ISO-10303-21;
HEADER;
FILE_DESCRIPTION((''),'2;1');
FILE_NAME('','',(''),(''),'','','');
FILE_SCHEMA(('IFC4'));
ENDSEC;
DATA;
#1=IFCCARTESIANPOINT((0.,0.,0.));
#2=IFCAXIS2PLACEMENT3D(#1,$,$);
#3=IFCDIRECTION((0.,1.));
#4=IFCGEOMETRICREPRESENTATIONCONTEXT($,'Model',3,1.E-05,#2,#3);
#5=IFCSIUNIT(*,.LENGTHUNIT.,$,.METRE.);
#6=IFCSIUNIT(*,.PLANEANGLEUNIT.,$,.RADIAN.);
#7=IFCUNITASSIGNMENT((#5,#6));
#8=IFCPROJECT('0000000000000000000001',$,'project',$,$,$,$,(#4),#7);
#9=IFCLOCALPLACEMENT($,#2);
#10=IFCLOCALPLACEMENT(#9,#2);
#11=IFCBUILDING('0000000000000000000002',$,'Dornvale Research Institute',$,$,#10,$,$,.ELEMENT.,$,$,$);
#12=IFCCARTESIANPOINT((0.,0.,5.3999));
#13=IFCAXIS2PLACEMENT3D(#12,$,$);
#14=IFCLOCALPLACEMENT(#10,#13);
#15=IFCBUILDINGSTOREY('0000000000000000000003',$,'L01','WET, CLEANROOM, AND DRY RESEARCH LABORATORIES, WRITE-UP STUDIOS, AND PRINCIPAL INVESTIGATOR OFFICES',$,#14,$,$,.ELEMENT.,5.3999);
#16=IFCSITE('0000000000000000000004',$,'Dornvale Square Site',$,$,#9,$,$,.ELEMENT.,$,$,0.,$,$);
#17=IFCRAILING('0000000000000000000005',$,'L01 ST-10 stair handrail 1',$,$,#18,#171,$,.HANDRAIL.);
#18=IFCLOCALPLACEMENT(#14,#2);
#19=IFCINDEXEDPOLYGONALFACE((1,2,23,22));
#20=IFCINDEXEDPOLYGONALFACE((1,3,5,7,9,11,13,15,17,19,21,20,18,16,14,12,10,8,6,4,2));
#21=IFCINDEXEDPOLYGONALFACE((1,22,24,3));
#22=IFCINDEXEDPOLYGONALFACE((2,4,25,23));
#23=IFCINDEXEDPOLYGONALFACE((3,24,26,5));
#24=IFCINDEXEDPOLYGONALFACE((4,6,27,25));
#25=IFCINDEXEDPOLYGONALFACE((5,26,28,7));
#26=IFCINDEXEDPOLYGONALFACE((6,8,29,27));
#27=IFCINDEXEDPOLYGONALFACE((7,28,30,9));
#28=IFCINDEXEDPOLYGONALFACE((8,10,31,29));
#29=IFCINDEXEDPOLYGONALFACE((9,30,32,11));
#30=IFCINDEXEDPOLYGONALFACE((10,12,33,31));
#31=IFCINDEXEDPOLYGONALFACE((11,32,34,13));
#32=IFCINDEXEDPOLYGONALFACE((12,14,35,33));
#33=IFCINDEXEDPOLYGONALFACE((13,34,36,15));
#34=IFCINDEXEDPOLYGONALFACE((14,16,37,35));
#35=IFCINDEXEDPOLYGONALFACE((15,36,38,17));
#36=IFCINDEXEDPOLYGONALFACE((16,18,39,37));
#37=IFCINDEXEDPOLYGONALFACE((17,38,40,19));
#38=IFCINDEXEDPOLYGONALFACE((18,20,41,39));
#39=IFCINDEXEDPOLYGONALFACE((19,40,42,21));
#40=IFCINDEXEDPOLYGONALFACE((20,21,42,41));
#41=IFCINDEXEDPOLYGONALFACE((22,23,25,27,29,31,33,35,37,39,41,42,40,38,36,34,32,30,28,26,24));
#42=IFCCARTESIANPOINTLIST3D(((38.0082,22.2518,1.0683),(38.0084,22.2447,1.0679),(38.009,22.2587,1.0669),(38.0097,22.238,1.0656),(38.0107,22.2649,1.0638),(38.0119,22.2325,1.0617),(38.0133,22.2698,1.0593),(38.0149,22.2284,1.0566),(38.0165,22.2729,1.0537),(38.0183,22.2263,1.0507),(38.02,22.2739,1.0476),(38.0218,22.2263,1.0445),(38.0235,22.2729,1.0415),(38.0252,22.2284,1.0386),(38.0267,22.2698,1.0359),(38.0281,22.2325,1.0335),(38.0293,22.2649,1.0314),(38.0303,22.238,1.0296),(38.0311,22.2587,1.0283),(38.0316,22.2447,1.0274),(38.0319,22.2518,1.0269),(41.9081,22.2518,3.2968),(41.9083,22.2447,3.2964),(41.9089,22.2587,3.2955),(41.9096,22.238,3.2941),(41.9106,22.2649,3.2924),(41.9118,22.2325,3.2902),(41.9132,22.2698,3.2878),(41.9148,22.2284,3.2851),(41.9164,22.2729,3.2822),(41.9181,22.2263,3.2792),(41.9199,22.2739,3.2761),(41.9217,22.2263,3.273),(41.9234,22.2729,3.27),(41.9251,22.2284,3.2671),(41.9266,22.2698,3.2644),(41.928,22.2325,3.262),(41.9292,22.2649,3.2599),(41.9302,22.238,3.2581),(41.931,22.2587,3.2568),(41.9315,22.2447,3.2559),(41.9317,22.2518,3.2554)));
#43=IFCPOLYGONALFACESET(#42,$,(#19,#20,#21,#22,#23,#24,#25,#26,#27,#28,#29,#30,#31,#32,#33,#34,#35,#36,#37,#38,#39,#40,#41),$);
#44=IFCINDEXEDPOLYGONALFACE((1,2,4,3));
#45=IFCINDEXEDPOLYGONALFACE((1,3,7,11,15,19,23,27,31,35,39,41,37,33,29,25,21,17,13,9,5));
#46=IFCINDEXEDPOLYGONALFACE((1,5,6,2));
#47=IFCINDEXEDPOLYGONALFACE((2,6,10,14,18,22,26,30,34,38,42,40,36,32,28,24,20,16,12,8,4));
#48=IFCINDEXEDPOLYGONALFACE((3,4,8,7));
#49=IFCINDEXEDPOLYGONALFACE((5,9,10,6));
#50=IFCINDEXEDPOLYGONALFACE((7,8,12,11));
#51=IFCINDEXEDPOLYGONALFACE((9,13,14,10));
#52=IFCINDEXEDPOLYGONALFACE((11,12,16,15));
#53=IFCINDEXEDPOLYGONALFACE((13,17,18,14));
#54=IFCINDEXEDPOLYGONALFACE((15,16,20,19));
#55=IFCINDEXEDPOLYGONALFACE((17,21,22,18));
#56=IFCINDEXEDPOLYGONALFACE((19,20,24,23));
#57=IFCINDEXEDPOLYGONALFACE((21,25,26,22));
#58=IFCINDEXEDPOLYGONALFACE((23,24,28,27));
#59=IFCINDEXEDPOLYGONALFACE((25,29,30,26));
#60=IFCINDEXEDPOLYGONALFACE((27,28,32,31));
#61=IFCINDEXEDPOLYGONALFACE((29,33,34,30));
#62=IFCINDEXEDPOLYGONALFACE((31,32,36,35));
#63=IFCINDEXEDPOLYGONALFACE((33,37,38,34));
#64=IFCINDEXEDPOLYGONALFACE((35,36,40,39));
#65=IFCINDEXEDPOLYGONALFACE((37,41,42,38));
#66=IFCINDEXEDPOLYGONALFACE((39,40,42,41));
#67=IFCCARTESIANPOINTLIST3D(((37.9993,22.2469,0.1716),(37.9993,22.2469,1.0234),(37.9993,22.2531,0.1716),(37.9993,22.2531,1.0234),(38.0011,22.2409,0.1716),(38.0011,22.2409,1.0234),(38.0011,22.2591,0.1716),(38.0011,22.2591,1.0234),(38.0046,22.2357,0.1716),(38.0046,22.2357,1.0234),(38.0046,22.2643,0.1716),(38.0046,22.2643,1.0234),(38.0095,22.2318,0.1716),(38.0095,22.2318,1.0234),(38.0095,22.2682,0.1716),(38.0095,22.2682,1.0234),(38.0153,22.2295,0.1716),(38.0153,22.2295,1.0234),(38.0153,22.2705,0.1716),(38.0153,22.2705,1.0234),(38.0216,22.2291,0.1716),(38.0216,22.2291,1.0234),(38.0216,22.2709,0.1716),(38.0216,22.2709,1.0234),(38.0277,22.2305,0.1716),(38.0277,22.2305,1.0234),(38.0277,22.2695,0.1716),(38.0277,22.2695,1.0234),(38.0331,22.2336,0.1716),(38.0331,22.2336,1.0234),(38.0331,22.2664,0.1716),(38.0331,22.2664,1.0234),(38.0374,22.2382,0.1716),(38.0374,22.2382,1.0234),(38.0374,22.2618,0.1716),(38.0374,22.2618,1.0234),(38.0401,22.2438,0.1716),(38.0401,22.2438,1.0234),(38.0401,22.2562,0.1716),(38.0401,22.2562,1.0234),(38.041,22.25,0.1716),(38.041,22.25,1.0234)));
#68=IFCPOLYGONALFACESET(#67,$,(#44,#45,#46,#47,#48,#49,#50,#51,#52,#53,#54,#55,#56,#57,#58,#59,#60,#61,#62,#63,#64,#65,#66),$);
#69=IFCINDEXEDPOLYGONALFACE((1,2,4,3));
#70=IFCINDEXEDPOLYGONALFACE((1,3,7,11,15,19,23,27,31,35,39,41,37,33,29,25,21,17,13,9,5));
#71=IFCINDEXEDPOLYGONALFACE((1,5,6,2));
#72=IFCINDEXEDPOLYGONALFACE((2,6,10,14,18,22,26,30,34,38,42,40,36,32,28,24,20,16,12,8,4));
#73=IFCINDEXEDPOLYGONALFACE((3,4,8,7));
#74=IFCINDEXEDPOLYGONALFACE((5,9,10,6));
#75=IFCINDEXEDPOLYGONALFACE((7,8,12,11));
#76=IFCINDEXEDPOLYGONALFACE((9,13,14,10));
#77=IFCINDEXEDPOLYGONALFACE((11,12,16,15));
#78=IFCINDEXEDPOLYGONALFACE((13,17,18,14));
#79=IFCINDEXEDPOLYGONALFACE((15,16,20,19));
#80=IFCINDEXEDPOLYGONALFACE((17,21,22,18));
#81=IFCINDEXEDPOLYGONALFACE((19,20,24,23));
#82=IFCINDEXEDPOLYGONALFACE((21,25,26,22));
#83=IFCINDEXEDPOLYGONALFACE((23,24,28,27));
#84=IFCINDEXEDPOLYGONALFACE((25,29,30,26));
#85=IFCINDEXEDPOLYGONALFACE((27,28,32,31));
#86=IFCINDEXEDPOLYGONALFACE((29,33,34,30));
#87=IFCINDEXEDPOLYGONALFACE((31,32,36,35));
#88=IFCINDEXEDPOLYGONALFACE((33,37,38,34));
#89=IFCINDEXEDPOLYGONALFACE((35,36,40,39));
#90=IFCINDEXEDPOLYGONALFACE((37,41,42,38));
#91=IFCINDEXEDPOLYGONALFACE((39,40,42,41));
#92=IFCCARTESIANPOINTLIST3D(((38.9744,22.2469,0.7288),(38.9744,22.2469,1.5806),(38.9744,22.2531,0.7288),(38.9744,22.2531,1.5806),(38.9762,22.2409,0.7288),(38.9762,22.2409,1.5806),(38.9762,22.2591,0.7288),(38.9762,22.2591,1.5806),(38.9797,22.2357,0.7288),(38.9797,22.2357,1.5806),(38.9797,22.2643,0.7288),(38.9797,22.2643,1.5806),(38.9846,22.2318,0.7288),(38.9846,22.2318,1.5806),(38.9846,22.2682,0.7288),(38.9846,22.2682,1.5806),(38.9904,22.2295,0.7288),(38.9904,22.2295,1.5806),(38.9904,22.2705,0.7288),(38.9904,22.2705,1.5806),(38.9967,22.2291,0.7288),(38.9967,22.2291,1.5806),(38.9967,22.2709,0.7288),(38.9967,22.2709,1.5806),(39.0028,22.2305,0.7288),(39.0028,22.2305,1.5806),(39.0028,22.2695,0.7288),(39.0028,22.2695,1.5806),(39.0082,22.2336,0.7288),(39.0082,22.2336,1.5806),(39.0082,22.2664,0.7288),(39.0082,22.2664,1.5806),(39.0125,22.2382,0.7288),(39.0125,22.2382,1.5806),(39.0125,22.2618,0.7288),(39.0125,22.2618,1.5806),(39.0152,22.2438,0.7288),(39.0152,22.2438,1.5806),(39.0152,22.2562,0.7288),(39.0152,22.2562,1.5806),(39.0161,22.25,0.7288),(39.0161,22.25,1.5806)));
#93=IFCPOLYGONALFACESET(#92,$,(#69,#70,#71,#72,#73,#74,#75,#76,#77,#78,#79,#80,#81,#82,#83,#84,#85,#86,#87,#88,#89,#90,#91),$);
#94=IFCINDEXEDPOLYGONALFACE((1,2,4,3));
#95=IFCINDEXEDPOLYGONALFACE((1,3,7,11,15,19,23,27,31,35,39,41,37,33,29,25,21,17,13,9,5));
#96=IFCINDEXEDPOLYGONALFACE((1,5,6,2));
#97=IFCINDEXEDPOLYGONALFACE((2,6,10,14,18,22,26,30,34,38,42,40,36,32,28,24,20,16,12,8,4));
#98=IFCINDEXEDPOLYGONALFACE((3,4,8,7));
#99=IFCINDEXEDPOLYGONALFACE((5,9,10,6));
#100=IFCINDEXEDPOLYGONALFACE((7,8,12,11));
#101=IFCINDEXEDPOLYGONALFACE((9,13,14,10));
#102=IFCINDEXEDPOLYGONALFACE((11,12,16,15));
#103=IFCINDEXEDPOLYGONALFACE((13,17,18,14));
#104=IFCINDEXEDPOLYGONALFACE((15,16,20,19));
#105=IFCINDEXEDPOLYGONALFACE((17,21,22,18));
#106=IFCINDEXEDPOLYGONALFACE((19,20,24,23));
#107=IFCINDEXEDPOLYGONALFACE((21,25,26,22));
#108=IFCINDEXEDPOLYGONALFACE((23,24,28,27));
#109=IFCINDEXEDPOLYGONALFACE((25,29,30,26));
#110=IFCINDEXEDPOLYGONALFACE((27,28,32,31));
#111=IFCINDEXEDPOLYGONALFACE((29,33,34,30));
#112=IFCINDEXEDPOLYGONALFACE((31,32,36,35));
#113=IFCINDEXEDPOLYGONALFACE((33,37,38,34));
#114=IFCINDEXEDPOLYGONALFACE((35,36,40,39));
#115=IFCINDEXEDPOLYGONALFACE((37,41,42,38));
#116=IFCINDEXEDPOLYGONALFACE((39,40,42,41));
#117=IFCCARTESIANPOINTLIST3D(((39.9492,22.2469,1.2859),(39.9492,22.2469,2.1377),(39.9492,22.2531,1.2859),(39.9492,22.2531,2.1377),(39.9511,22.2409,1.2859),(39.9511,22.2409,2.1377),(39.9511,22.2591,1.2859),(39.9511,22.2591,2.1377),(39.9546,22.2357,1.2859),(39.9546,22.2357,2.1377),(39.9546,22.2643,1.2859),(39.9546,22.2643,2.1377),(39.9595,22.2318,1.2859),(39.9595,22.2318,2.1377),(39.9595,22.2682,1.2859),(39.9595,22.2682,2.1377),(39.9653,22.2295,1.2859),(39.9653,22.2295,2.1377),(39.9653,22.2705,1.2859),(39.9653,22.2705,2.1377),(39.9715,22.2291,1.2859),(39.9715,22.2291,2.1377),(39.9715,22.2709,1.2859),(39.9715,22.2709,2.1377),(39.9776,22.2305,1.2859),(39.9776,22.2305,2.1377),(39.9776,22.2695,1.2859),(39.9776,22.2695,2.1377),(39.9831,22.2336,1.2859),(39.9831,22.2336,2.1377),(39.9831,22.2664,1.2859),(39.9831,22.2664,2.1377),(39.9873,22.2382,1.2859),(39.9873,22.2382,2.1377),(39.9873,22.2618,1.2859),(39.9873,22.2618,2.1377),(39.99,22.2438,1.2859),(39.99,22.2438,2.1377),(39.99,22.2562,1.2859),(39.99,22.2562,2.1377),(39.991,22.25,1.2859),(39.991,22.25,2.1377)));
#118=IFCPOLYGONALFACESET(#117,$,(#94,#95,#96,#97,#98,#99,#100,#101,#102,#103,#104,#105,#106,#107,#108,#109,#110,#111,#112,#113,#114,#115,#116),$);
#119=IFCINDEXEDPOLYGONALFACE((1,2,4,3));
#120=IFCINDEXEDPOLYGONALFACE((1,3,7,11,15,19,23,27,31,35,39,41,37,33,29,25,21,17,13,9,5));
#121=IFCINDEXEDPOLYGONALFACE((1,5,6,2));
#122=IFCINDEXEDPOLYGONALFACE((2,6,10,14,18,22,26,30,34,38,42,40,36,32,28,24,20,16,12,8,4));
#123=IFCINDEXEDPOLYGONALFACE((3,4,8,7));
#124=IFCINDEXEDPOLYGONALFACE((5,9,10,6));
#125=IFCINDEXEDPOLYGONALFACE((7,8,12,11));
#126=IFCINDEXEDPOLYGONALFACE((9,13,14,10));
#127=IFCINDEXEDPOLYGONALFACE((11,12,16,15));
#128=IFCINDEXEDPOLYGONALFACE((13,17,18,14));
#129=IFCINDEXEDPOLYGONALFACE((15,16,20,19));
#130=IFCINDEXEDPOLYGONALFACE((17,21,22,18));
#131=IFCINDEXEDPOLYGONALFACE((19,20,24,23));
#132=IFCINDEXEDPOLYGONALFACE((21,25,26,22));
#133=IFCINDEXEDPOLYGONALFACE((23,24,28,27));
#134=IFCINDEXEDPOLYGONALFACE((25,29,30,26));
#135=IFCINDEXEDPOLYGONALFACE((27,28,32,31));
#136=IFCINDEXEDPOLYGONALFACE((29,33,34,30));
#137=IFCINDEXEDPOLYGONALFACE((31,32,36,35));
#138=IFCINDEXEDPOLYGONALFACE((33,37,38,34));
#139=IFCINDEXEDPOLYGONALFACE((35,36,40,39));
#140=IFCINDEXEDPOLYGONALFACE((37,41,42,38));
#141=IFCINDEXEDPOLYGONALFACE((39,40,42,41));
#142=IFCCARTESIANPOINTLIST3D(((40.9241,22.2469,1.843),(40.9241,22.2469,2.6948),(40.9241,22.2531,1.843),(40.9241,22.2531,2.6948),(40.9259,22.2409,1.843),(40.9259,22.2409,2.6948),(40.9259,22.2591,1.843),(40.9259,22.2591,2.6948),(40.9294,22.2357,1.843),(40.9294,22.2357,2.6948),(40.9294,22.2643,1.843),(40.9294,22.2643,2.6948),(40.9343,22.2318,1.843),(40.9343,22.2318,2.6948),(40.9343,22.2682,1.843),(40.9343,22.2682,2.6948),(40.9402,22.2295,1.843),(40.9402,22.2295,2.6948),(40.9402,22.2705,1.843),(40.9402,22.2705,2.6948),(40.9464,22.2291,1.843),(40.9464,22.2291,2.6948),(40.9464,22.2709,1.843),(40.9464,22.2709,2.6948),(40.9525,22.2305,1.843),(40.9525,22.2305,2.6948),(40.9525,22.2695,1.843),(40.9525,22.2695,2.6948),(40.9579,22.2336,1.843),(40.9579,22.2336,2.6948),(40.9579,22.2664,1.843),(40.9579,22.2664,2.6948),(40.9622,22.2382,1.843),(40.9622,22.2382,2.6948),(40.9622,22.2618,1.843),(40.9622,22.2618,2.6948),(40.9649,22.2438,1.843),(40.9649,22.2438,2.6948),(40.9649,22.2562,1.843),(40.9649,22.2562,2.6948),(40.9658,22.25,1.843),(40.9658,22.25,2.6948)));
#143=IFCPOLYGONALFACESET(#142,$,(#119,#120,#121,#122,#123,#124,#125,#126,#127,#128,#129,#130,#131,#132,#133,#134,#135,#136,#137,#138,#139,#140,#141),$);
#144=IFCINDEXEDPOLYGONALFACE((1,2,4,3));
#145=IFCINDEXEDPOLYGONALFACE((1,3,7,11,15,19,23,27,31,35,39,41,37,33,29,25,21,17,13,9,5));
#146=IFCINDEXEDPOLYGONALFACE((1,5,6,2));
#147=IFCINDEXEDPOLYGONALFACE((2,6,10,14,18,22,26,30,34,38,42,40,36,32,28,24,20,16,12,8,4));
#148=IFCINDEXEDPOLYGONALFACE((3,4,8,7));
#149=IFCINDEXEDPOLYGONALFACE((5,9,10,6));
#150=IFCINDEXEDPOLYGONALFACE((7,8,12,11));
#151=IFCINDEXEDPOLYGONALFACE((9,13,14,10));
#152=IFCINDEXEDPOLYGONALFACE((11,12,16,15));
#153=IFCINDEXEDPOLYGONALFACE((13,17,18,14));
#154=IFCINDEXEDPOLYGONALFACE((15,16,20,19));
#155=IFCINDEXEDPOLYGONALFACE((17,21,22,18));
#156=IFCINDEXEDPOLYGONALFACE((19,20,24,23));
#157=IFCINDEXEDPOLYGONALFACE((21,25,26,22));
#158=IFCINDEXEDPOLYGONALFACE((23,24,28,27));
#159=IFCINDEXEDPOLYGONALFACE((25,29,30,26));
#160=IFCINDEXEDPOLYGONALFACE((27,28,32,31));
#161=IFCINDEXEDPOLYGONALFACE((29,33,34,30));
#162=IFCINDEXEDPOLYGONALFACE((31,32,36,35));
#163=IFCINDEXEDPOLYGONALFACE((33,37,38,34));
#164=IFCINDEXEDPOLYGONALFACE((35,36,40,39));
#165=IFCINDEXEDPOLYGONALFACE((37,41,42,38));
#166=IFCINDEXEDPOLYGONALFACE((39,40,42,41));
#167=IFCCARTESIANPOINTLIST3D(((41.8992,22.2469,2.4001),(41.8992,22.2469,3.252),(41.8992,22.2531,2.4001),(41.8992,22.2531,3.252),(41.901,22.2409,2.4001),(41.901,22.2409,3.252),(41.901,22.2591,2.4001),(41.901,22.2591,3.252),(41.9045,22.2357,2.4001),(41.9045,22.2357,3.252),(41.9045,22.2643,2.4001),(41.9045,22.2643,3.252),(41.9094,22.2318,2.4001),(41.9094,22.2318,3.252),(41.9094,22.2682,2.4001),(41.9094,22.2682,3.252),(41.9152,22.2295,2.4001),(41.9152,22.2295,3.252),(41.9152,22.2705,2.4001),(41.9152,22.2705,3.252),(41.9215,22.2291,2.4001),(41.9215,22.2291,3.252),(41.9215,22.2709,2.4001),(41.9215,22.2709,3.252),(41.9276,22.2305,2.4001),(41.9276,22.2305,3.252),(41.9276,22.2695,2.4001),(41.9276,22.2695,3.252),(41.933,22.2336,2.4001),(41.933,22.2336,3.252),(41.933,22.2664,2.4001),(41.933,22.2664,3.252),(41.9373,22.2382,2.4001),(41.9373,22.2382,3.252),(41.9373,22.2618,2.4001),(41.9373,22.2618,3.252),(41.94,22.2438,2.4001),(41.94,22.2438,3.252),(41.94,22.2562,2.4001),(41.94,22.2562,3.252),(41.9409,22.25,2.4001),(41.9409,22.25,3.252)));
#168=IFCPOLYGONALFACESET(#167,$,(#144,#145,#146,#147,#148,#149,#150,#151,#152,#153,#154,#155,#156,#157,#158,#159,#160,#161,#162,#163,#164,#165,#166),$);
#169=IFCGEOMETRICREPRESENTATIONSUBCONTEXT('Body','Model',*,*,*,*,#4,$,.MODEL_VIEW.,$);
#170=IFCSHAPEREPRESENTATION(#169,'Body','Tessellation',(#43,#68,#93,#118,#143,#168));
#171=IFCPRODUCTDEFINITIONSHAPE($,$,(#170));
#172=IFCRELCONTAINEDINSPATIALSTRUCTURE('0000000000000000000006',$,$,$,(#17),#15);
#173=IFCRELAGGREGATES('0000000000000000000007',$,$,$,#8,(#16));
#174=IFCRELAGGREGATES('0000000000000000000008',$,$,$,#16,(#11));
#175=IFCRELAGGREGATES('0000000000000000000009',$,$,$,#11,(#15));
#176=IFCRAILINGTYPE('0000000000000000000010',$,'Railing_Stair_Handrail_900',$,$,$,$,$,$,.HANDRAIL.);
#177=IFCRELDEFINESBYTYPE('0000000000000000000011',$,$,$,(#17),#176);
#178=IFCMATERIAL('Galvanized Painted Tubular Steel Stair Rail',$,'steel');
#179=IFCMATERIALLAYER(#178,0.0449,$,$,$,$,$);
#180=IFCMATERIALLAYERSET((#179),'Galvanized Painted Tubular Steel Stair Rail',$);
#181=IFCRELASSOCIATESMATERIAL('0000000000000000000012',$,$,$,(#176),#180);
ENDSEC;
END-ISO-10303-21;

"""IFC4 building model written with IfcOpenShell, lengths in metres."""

from ifc_helpers import new_model, si_unit, direction, frame, origin, origin_2d, place, context, subcontext, project, spatial, circle, extrude, material, layer, layer_set, type_object, element, save


model = new_model("IFC4")

# Units and contexts
model_context = context("Model", 3, precision=1e-05, world=origin(), true_north=direction((0.0, 1.0)))
body_context = subcontext(model_context, "Body", "Model", "MODEL_VIEW")
ifc_project = project(units=[si_unit("LENGTHUNIT", "METRE"), si_unit("PLANEANGLEUNIT", "RADIAN")], contexts=[model_context])

# Site, building, storey
site_placement = place(None, origin())
site = spatial("IfcSite", under=ifc_project, at=site_placement, Name="Dornvale Square Site", CompositionType="ELEMENT", RefElevation=0.0)
building_placement = place(site_placement, origin())
building = spatial("IfcBuilding", under=site, at=building_placement, Name="Dornvale Research Institute", CompositionType="ELEMENT")
storey_placement = place(building_placement, frame((0.0, 0.0, 5.3999)))
storey = spatial("IfcBuildingStorey", under=building, at=storey_placement, Name="L01", Description="WET, CLEANROOM, AND DRY RESEARCH LABORATORIES, WRITE-UP STUDIOS, AND PRINCIPAL INVESTIGATOR OFFICES", CompositionType="ELEMENT", Elevation=5.3999)

# Railing
ifc_material_1 = material(Name="Galvanized Painted Tubular Steel Stair Rail", Category="steel")
ifc_layer_1 = layer(ifc_material_1, 0.0449)
ifc_layer_set_1 = layer_set([ifc_layer_1], Name="Galvanized Painted Tubular Steel Stair Rail")
railing_type_1 = type_object("IfcRailingType", Name="Railing_Stair_Handrail_900", PredefinedType="HANDRAIL", material=ifc_layer_set_1)
railing_1_placement = place(storey_placement, frame((38.02, 22.25, 0.1716)))
element("IfcRailing", 1, at=railing_1_placement, inside=storey, type_object=railing_type_1, Name="L01 ST-10 stair handrail 1", PredefinedType="HANDRAIL", context=body_context, shape_type="SweptSolid", body=[
    extrude(circle(Radius=0.0239, at=origin_2d()), frame((0.0, 0.0, 0.876), z_axis=(0.868243, 0.0, 0.496139), x_axis=(0.0, 1.0, 0.0)), (0.0, 0.0, 1.0), 4.4917),
    extrude(circle(Radius=0.021, at=origin_2d()), origin(), (0.0, 0.0, 1.0), 0.8518),
    extrude(circle(Radius=0.021, at=origin_2d()), frame((0.9751, 0.0, 0.5571)), (0.0, 0.0, 1.0), 0.8518),
    extrude(circle(Radius=0.021, at=origin_2d()), frame((1.95, 0.0, 1.1143)), (0.0, 0.0, 1.0), 0.8518),
    extrude(circle(Radius=0.021, at=origin_2d()), frame((2.9248, 0.0, 1.6714)), (0.0, 0.0, 1.0), 0.8518),
    extrude(circle(Radius=0.021, at=origin_2d()), frame((3.8999, 0.0, 2.2285)), (0.0, 0.0, 1.0), 0.8518),
])

save(model, "model.ifc")
